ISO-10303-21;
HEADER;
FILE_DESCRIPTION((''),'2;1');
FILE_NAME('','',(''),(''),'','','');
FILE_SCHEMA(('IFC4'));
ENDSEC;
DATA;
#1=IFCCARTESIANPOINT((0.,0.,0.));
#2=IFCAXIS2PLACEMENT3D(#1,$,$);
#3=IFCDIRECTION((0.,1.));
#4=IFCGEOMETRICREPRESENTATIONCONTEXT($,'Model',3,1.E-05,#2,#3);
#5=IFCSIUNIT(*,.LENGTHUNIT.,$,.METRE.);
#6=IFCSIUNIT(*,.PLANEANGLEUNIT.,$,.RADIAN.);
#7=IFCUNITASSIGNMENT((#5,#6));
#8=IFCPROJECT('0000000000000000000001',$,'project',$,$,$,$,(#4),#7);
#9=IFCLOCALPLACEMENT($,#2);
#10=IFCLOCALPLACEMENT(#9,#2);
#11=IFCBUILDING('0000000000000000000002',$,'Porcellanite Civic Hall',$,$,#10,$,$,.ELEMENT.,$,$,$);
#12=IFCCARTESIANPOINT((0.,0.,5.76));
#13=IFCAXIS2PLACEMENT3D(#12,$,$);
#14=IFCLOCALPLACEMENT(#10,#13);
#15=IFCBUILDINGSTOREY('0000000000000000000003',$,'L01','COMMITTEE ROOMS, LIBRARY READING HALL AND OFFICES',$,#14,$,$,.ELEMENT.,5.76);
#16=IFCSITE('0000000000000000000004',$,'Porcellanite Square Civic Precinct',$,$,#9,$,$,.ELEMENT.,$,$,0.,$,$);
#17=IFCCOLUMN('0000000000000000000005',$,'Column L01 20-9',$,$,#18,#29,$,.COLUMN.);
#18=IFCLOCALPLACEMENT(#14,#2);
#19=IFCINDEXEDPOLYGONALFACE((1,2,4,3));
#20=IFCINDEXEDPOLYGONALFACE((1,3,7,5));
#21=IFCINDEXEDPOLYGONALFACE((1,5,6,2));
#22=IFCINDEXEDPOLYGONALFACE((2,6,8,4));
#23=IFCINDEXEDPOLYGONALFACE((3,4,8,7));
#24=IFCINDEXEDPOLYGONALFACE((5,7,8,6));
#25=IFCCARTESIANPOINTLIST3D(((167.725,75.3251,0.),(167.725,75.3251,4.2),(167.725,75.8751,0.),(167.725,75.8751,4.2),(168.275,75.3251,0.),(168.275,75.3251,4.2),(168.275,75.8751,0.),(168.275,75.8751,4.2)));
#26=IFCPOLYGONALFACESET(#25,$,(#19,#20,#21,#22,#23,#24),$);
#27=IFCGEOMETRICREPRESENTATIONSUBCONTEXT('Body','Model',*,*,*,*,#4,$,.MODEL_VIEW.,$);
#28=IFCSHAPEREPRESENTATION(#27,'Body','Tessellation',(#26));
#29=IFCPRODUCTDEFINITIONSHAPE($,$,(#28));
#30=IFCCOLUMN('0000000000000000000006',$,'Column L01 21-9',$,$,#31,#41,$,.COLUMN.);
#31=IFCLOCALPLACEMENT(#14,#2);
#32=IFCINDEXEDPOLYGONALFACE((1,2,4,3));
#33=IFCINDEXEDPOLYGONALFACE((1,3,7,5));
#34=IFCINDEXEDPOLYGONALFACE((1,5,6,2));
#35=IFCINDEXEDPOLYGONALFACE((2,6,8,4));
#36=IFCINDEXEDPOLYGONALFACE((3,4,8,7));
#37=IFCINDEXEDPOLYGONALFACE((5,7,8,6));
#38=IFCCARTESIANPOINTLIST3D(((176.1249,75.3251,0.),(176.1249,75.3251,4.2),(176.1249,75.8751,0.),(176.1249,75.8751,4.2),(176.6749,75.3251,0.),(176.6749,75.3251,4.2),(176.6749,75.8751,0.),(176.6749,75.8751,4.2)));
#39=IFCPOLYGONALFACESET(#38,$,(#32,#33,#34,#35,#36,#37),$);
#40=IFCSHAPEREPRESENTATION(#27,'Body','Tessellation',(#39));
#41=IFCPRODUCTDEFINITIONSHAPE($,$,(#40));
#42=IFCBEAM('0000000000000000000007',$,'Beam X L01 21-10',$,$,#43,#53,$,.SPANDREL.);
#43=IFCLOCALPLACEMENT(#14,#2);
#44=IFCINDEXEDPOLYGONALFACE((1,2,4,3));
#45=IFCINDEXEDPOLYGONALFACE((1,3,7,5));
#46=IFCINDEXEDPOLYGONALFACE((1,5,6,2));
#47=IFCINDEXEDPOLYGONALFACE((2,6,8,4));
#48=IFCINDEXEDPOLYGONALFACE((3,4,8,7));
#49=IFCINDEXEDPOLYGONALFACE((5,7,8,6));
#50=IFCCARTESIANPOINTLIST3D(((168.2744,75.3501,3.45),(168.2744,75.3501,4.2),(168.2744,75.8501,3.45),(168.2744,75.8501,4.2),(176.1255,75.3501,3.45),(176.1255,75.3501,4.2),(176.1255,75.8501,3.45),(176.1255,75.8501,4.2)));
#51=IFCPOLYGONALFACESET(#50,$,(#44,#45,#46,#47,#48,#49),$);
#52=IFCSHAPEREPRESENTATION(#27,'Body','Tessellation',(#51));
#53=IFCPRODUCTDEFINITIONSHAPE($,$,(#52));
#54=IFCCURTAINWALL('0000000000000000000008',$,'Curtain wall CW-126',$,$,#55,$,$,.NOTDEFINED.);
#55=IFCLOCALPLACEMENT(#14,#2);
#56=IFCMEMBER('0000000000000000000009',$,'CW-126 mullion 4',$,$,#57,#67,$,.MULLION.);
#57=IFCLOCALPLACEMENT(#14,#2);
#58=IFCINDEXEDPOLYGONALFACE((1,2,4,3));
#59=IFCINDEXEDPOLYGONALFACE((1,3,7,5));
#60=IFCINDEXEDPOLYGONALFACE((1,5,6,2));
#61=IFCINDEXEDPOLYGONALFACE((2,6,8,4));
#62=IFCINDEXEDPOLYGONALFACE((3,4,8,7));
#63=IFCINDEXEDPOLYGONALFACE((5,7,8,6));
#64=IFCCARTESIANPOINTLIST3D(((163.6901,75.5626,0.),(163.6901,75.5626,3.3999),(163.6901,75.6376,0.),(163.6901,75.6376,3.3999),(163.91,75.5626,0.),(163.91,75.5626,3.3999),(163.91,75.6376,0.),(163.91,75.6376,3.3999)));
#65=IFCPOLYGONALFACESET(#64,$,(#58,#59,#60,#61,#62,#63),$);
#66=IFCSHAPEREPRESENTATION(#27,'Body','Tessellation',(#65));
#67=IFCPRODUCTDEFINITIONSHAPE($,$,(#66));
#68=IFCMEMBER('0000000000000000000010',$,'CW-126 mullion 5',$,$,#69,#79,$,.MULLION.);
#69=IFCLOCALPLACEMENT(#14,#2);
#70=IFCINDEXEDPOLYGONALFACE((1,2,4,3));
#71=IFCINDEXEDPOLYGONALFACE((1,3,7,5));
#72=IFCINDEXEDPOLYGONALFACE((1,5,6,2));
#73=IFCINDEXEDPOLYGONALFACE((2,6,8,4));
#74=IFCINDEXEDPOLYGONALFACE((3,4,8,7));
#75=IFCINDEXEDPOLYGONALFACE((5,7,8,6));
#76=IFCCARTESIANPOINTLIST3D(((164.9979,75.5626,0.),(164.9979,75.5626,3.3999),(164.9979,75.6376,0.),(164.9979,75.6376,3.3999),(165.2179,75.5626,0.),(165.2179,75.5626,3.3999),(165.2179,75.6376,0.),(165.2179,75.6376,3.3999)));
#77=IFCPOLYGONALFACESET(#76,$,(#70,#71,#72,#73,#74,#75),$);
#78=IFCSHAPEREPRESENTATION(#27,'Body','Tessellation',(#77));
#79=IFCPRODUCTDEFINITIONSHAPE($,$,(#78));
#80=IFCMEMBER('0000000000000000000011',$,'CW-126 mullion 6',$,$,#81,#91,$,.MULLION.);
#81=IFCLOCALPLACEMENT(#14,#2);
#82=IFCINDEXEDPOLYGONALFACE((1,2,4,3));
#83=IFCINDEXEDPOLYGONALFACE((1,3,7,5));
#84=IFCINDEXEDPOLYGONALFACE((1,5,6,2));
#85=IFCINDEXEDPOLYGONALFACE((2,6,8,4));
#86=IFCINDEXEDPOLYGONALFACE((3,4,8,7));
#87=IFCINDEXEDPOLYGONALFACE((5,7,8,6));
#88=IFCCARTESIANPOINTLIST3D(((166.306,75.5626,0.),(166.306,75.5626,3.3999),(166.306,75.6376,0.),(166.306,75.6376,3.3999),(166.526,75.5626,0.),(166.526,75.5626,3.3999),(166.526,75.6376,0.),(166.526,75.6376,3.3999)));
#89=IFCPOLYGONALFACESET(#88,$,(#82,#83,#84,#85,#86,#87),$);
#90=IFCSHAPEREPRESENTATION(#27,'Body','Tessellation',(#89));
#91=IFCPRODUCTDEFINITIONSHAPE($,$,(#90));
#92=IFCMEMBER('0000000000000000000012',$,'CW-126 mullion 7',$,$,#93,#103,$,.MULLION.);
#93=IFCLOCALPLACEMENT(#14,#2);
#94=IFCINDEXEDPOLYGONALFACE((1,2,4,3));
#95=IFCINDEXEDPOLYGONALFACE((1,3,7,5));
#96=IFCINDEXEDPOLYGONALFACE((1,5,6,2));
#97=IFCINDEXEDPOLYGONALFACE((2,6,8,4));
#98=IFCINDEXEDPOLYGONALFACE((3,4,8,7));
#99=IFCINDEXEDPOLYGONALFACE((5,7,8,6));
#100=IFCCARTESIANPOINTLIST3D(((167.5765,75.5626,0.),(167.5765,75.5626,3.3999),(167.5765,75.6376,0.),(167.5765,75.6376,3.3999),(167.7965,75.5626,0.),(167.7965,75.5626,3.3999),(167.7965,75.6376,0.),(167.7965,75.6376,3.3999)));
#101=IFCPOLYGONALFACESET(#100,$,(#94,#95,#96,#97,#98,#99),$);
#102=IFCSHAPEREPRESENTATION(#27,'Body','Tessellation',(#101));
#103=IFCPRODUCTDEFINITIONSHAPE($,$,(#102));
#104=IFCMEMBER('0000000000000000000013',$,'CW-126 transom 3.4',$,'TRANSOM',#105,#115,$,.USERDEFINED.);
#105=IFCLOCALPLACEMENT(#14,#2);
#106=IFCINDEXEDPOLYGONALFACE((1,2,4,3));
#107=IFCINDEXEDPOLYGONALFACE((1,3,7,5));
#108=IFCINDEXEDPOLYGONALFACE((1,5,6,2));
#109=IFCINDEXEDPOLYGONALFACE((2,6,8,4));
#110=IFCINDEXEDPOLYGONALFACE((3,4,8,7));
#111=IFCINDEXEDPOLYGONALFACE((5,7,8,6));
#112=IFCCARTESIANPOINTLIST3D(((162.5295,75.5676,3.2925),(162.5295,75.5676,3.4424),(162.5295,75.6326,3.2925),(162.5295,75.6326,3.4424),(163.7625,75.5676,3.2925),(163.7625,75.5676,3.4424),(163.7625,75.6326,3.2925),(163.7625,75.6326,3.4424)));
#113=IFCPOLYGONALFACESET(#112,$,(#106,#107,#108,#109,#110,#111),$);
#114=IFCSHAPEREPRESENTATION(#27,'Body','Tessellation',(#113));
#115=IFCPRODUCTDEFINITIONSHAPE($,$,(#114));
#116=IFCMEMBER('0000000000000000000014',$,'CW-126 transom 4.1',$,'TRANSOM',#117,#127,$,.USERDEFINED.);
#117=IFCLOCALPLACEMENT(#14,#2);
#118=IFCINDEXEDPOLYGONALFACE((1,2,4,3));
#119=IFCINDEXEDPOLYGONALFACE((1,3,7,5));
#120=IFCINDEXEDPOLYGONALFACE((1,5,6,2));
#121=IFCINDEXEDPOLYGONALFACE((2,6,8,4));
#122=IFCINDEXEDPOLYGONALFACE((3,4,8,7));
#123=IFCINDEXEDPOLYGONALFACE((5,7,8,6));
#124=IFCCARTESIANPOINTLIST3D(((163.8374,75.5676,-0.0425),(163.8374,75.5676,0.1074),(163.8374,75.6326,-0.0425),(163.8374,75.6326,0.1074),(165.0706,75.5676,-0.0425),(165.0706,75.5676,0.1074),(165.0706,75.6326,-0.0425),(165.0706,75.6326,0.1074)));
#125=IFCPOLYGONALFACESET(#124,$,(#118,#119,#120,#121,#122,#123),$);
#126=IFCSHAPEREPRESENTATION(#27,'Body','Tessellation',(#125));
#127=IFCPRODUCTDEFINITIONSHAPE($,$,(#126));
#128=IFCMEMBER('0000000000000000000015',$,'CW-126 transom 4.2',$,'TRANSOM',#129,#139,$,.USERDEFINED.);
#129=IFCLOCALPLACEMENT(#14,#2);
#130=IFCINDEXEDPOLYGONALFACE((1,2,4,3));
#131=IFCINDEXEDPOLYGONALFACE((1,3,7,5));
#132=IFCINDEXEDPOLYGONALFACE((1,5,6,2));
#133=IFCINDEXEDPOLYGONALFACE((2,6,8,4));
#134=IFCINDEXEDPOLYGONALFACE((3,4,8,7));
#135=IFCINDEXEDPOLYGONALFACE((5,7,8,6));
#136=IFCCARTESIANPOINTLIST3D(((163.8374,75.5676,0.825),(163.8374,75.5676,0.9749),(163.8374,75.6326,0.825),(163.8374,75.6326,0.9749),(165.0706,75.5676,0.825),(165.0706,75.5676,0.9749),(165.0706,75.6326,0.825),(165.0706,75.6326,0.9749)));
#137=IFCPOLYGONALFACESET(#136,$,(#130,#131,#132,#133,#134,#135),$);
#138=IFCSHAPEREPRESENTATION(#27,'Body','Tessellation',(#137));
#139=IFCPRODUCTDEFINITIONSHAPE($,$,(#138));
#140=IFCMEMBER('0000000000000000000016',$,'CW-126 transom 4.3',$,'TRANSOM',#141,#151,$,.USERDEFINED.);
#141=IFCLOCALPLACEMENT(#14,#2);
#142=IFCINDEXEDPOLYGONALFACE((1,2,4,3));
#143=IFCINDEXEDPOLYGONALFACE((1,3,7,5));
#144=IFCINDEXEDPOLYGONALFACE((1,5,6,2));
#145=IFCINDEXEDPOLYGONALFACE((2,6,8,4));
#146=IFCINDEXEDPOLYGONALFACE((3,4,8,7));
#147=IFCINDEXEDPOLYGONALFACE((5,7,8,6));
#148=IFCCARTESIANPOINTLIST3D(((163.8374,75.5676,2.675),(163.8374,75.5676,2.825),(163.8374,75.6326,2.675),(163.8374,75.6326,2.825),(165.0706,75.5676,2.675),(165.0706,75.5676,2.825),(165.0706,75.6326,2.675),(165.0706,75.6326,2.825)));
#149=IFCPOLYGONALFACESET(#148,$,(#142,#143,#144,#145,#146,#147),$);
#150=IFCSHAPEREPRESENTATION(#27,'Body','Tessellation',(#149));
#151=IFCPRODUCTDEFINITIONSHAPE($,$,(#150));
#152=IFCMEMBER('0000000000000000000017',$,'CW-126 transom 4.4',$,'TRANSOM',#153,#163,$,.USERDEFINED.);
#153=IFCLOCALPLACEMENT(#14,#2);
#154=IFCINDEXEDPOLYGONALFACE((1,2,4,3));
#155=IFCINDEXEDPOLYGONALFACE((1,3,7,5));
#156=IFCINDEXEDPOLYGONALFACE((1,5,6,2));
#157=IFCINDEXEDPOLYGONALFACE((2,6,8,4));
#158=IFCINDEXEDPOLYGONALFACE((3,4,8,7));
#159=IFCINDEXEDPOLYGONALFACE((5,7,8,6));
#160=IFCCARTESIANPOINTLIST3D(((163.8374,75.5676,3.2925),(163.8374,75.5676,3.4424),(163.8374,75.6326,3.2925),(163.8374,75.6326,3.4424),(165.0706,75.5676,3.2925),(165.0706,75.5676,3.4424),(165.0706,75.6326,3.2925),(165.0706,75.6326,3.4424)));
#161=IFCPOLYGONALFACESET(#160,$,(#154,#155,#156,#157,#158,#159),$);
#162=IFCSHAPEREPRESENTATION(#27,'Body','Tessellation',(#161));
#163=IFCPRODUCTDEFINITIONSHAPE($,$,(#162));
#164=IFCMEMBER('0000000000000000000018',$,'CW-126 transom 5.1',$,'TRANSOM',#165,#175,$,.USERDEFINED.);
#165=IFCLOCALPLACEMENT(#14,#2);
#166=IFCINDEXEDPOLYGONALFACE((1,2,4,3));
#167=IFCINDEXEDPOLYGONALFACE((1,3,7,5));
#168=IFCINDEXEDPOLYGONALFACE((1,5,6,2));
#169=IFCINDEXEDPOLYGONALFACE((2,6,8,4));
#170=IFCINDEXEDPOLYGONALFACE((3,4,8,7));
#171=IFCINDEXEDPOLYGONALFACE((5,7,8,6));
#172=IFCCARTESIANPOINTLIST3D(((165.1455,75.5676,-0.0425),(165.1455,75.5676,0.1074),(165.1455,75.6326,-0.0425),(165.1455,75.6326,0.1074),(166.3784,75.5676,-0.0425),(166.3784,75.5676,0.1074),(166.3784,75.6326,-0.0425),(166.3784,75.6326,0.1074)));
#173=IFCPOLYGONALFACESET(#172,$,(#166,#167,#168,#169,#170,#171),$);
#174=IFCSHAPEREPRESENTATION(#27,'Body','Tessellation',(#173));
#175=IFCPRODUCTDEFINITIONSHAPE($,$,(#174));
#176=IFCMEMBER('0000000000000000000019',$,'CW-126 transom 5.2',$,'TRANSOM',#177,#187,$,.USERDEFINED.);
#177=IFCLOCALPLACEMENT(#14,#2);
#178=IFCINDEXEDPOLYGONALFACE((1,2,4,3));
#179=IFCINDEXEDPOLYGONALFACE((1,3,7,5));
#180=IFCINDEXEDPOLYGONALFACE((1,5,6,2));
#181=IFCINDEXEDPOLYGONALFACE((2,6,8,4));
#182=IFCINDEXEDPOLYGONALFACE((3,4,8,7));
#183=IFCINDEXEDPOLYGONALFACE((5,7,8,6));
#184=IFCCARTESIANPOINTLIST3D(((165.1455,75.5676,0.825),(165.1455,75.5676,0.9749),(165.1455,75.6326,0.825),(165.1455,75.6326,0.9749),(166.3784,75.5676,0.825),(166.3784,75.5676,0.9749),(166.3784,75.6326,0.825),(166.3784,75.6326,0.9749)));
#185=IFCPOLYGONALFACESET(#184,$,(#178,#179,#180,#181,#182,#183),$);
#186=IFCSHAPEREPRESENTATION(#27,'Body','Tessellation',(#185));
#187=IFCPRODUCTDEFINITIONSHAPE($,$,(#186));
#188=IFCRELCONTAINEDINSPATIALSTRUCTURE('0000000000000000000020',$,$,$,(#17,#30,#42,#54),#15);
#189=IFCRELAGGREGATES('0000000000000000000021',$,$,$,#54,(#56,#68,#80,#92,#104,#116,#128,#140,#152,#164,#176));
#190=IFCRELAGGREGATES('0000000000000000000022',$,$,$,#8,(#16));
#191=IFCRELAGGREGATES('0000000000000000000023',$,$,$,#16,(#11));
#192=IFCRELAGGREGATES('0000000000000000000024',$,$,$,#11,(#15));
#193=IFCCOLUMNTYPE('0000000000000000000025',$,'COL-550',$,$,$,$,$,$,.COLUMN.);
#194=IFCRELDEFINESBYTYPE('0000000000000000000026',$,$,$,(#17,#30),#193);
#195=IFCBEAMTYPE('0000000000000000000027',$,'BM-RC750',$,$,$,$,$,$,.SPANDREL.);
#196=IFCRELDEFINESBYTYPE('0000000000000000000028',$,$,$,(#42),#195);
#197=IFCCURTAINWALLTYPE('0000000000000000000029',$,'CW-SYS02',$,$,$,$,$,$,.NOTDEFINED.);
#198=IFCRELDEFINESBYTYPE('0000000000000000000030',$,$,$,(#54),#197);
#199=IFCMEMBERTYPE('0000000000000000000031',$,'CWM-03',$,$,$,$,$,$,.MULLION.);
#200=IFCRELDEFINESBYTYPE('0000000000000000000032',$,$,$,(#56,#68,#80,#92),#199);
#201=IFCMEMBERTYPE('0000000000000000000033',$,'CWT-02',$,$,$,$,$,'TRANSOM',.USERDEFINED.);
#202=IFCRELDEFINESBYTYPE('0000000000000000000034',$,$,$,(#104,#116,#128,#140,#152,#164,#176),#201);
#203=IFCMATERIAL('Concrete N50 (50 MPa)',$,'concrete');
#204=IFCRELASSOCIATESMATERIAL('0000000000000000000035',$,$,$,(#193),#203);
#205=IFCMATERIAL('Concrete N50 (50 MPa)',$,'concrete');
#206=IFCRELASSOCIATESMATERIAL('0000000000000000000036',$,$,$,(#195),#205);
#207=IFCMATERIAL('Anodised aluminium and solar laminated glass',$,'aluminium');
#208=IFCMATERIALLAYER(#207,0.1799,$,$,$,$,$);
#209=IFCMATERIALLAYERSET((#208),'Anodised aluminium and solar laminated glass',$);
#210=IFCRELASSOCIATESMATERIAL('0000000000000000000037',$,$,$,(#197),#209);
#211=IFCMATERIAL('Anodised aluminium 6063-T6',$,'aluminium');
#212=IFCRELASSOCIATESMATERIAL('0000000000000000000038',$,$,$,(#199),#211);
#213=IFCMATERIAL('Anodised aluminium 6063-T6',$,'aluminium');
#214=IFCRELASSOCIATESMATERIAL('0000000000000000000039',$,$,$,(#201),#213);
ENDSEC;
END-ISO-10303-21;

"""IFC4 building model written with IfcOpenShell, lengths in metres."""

from ifc_helpers import new_model, si_unit, direction, frame, origin, origin_2d, place, context, subcontext, project, spatial, rectangle, extrude, material, layer, layer_set, material_profile, profile_set, type_object, element, aggregate, save


model = new_model("IFC4")

# Units and contexts
model_context = context("Model", 3, precision=1e-05, world=origin(), true_north=direction((0.0, 1.0)))
body_context = subcontext(model_context, "Body", "Model", "MODEL_VIEW")
ifc_project = project(units=[si_unit("LENGTHUNIT", "METRE"), si_unit("PLANEANGLEUNIT", "RADIAN")], contexts=[model_context])

# Site, building, storey
site_placement = place(None, origin())
site = spatial("IfcSite", under=ifc_project, at=site_placement, Name="Porcellanite Square Civic Precinct", CompositionType="ELEMENT", RefElevation=0.0)
building_placement = place(site_placement, origin())
building = spatial("IfcBuilding", under=site, at=building_placement, Name="Porcellanite Civic Hall", CompositionType="ELEMENT")
storey_placement = place(building_placement, frame((0.0, 0.0, 5.76)))
storey = spatial("IfcBuildingStorey", under=building, at=storey_placement, Name="L01", Description="COMMITTEE ROOMS, LIBRARY READING HALL AND OFFICES", CompositionType="ELEMENT", Elevation=5.76)

# Columns
ifc_material_1 = material(Name="Concrete N50 (50 MPa)", Category="concrete")
ifc_material_profile_1 = material_profile(ifc_material_1, rectangle(XDim=0.55, YDim=0.55, at=origin_2d()), Name="RC-550x550")
ifc_profile_set_1 = profile_set([ifc_material_profile_1], Name="Concrete N50 (50 MPa)")
column_type = type_object("IfcColumnType", Name="COL-550", PredefinedType="COLUMN", material=ifc_profile_set_1)
for number, where, z_axis, x_axis, name in (
    (1, (168.0, 75.6001, 0.0), (0.0, 0.0, 1.0), (1.0, 0.0, 0.0), "Column L01 20-9"),
    (2, (176.3999, 75.6001, 0.0), (0.0, 0.0, 1.0), (1.0, 0.0, 0.0), "Column L01 21-9"),
):
    element("IfcColumn", number, at=place(storey_placement, frame(where, z_axis=z_axis, x_axis=x_axis)), inside=storey, type_object=column_type, Name=name, PredefinedType="COLUMN", context=body_context, shape_type="SweptSolid", body=[
        extrude(rectangle(XDim=0.55, YDim=0.55, at=origin_2d()), origin(), (0.0, 0.0, 1.0), 4.2),
    ])

# Beam
ifc_material_2 = material(Name="Concrete N50 (50 MPa)", Category="concrete")
ifc_material_profile_2 = material_profile(ifc_material_2, rectangle(XDim=0.5, YDim=0.75, at=origin_2d()), Name="RC-500x750")
ifc_profile_set_2 = profile_set([ifc_material_profile_2], Name="Concrete N50 (50 MPa)")
beam_type = type_object("IfcBeamType", Name="BM-RC750", PredefinedType="SPANDREL", material=ifc_profile_set_2)
beam_placement = place(storey_placement, frame((168.2744, 75.6001, 3.825), z_axis=(1.0, 0.0, 0.0), x_axis=(0.0, 1.0, 0.0)))
element("IfcBeam", 3, at=beam_placement, inside=storey, type_object=beam_type, Name="Beam X L01 21-10", PredefinedType="SPANDREL", context=body_context, shape_type="SweptSolid", body=[
    extrude(rectangle(XDim=0.5, YDim=0.75, at=origin_2d()), origin(), (0.0, 0.0, 1.0), 7.8511),
])

# Curtain wall, members
ifc_material_3 = material(Name="Anodised aluminium and solar laminated glass", Category="aluminium")
ifc_layer_1 = layer(ifc_material_3, 0.1799)
ifc_layer_set_1 = layer_set([ifc_layer_1], Name="Anodised aluminium and solar laminated glass")
curtain_wall_type = type_object("IfcCurtainWallType", Name="CW-SYS02", PredefinedType="NOTDEFINED", material=ifc_layer_set_1)
curtain_wall_placement = place(storey_placement, origin())
curtain_wall = element("IfcCurtainWall", 4, at=curtain_wall_placement, inside=storey, type_object=curtain_wall_type, Name="Curtain wall CW-126", PredefinedType="NOTDEFINED")
ifc_material_4 = material(Name="Anodised aluminium 6063-T6", Category="aluminium")
ifc_material_profile_3 = material_profile(ifc_material_4, rectangle(XDim=0.075, YDim=0.22, at=origin_2d()), Name="AL-75x220")
ifc_profile_set_3 = profile_set([ifc_material_profile_3], Name="Anodised aluminium 6063-T6")
member_type_1 = type_object("IfcMemberType", Name="CWM-03", PredefinedType="MULLION", material=ifc_profile_set_3)
member_1_placement = place(storey_placement, frame((163.8, 75.6001, 0.0), z_axis=(0.0, 0.0, 1.0), x_axis=(0.0, 1.0, 0.0)))
member_1 = element("IfcMember", 5, at=member_1_placement, type_object=member_type_1, Name="CW-126 mullion 4", PredefinedType="MULLION", context=body_context, shape_type="SweptSolid", body=[
    extrude(rectangle(XDim=0.075, YDim=0.22, at=origin_2d()), origin(), (0.0, 0.0, 1.0), 3.3999),
])
member_2_placement = place(storey_placement, frame((165.1079, 75.6001, 0.0), z_axis=(0.0, 0.0, 1.0), x_axis=(0.0, 1.0, 0.0)))
member_2 = element("IfcMember", 6, at=member_2_placement, type_object=member_type_1, Name="CW-126 mullion 5", PredefinedType="MULLION", context=body_context, shape_type="SweptSolid", body=[
    extrude(rectangle(XDim=0.075, YDim=0.22, at=origin_2d()), origin(), (0.0, 0.0, 1.0), 3.3999),
])
member_3_placement = place(storey_placement, frame((166.416, 75.6001, 0.0), z_axis=(0.0, 0.0, 1.0), x_axis=(0.0, 1.0, 0.0)))
member_3 = element("IfcMember", 7, at=member_3_placement, type_object=member_type_1, Name="CW-126 mullion 6", PredefinedType="MULLION", context=body_context, shape_type="SweptSolid", body=[
    extrude(rectangle(XDim=0.075, YDim=0.22, at=origin_2d()), origin(), (0.0, 0.0, 1.0), 3.3999),
])
member_4_placement = place(storey_placement, frame((167.6865, 75.6001, 0.0), z_axis=(0.0, 0.0, 1.0), x_axis=(0.0, 1.0, 0.0)))
member_4 = element("IfcMember", 8, at=member_4_placement, type_object=member_type_1, Name="CW-126 mullion 7", PredefinedType="MULLION", context=body_context, shape_type="SweptSolid", body=[
    extrude(rectangle(XDim=0.075, YDim=0.22, at=origin_2d()), origin(), (0.0, 0.0, 1.0), 3.3999),
])
ifc_material_5 = material(Name="Anodised aluminium 6063-T6", Category="aluminium")
ifc_material_profile_4 = material_profile(ifc_material_5, rectangle(XDim=0.0649, YDim=0.1499, at=origin_2d()), Name="AL-65x150")
ifc_profile_set_4 = profile_set([ifc_material_profile_4], Name="Anodised aluminium 6063-T6")
member_type_2 = type_object("IfcMemberType", Name="CWT-02", ElementType="TRANSOM", PredefinedType="USERDEFINED", material=ifc_profile_set_4)
member_5_placement = place(storey_placement, frame((162.5295, 75.6001, 3.3674), z_axis=(1.0, 0.0, 0.0), x_axis=(0.0, 1.0, 0.0)))
member_5 = element("IfcMember", 9, at=member_5_placement, type_object=member_type_2, Name="CW-126 transom 3.4", ObjectType="TRANSOM", PredefinedType="USERDEFINED", context=body_context, shape_type="SweptSolid", body=[
    extrude(rectangle(XDim=0.0649, YDim=0.1499, at=origin_2d()), origin(), (0.0, 0.0, 1.0), 1.2329),
])
member_6_placement = place(storey_placement, frame((163.8374, 75.6001, 0.0325), z_axis=(1.0, 0.0, 0.0), x_axis=(0.0, 1.0, 0.0)))
member_6 = element("IfcMember", 10, at=member_6_placement, type_object=member_type_2, Name="CW-126 transom 4.1", ObjectType="TRANSOM", PredefinedType="USERDEFINED", context=body_context, shape_type="SweptSolid", body=[
    extrude(rectangle(XDim=0.0649, YDim=0.1499, at=origin_2d()), origin(), (0.0, 0.0, 1.0), 1.2332),
])
member_7_placement = place(storey_placement, frame((163.8374, 75.6001, 0.8999), z_axis=(1.0, 0.0, 0.0), x_axis=(0.0, 1.0, 0.0)))
member_7 = element("IfcMember", 11, at=member_7_placement, type_object=member_type_2, Name="CW-126 transom 4.2", ObjectType="TRANSOM", PredefinedType="USERDEFINED", context=body_context, shape_type="SweptSolid", body=[
    extrude(rectangle(XDim=0.0649, YDim=0.1499, at=origin_2d()), origin(), (0.0, 0.0, 1.0), 1.2332),
])
member_8_placement = place(storey_placement, frame((163.8374, 75.6001, 2.75), z_axis=(1.0, 0.0, 0.0), x_axis=(0.0, 1.0, 0.0)))
member_8 = element("IfcMember", 12, at=member_8_placement, type_object=member_type_2, Name="CW-126 transom 4.3", ObjectType="TRANSOM", PredefinedType="USERDEFINED", context=body_context, shape_type="SweptSolid", body=[
    extrude(rectangle(XDim=0.0649, YDim=0.1499, at=origin_2d()), origin(), (0.0, 0.0, 1.0), 1.2332),
])
member_9_placement = place(storey_placement, frame((163.8374, 75.6001, 3.3674), z_axis=(1.0, 0.0, 0.0), x_axis=(0.0, 1.0, 0.0)))
member_9 = element("IfcMember", 13, at=member_9_placement, type_object=member_type_2, Name="CW-126 transom 4.4", ObjectType="TRANSOM", PredefinedType="USERDEFINED", context=body_context, shape_type="SweptSolid", body=[
    extrude(rectangle(XDim=0.0649, YDim=0.1499, at=origin_2d()), origin(), (0.0, 0.0, 1.0), 1.2332),
])
member_10_placement = place(storey_placement, frame((165.1455, 75.6001, 0.0325), z_axis=(1.0, 0.0, 0.0), x_axis=(0.0, 1.0, 0.0)))
member_10 = element("IfcMember", 14, at=member_10_placement, type_object=member_type_2, Name="CW-126 transom 5.1", ObjectType="TRANSOM", PredefinedType="USERDEFINED", context=body_context, shape_type="SweptSolid", body=[
    extrude(rectangle(XDim=0.0649, YDim=0.1499, at=origin_2d()), origin(), (0.0, 0.0, 1.0), 1.2329),
])
member_11_placement = place(storey_placement, frame((165.1455, 75.6001, 0.8999), z_axis=(1.0, 0.0, 0.0), x_axis=(0.0, 1.0, 0.0)))
member_11 = element("IfcMember", 15, at=member_11_placement, type_object=member_type_2, Name="CW-126 transom 5.2", ObjectType="TRANSOM", PredefinedType="USERDEFINED", context=body_context, shape_type="SweptSolid", body=[
    extrude(rectangle(XDim=0.0649, YDim=0.1499, at=origin_2d()), origin(), (0.0, 0.0, 1.0), 1.2329),
])

aggregate(curtain_wall, [member_1, member_2, member_3, member_4, member_5, member_6, member_7, member_8, member_9, member_10, member_11])

save(model, "model.ifc")
